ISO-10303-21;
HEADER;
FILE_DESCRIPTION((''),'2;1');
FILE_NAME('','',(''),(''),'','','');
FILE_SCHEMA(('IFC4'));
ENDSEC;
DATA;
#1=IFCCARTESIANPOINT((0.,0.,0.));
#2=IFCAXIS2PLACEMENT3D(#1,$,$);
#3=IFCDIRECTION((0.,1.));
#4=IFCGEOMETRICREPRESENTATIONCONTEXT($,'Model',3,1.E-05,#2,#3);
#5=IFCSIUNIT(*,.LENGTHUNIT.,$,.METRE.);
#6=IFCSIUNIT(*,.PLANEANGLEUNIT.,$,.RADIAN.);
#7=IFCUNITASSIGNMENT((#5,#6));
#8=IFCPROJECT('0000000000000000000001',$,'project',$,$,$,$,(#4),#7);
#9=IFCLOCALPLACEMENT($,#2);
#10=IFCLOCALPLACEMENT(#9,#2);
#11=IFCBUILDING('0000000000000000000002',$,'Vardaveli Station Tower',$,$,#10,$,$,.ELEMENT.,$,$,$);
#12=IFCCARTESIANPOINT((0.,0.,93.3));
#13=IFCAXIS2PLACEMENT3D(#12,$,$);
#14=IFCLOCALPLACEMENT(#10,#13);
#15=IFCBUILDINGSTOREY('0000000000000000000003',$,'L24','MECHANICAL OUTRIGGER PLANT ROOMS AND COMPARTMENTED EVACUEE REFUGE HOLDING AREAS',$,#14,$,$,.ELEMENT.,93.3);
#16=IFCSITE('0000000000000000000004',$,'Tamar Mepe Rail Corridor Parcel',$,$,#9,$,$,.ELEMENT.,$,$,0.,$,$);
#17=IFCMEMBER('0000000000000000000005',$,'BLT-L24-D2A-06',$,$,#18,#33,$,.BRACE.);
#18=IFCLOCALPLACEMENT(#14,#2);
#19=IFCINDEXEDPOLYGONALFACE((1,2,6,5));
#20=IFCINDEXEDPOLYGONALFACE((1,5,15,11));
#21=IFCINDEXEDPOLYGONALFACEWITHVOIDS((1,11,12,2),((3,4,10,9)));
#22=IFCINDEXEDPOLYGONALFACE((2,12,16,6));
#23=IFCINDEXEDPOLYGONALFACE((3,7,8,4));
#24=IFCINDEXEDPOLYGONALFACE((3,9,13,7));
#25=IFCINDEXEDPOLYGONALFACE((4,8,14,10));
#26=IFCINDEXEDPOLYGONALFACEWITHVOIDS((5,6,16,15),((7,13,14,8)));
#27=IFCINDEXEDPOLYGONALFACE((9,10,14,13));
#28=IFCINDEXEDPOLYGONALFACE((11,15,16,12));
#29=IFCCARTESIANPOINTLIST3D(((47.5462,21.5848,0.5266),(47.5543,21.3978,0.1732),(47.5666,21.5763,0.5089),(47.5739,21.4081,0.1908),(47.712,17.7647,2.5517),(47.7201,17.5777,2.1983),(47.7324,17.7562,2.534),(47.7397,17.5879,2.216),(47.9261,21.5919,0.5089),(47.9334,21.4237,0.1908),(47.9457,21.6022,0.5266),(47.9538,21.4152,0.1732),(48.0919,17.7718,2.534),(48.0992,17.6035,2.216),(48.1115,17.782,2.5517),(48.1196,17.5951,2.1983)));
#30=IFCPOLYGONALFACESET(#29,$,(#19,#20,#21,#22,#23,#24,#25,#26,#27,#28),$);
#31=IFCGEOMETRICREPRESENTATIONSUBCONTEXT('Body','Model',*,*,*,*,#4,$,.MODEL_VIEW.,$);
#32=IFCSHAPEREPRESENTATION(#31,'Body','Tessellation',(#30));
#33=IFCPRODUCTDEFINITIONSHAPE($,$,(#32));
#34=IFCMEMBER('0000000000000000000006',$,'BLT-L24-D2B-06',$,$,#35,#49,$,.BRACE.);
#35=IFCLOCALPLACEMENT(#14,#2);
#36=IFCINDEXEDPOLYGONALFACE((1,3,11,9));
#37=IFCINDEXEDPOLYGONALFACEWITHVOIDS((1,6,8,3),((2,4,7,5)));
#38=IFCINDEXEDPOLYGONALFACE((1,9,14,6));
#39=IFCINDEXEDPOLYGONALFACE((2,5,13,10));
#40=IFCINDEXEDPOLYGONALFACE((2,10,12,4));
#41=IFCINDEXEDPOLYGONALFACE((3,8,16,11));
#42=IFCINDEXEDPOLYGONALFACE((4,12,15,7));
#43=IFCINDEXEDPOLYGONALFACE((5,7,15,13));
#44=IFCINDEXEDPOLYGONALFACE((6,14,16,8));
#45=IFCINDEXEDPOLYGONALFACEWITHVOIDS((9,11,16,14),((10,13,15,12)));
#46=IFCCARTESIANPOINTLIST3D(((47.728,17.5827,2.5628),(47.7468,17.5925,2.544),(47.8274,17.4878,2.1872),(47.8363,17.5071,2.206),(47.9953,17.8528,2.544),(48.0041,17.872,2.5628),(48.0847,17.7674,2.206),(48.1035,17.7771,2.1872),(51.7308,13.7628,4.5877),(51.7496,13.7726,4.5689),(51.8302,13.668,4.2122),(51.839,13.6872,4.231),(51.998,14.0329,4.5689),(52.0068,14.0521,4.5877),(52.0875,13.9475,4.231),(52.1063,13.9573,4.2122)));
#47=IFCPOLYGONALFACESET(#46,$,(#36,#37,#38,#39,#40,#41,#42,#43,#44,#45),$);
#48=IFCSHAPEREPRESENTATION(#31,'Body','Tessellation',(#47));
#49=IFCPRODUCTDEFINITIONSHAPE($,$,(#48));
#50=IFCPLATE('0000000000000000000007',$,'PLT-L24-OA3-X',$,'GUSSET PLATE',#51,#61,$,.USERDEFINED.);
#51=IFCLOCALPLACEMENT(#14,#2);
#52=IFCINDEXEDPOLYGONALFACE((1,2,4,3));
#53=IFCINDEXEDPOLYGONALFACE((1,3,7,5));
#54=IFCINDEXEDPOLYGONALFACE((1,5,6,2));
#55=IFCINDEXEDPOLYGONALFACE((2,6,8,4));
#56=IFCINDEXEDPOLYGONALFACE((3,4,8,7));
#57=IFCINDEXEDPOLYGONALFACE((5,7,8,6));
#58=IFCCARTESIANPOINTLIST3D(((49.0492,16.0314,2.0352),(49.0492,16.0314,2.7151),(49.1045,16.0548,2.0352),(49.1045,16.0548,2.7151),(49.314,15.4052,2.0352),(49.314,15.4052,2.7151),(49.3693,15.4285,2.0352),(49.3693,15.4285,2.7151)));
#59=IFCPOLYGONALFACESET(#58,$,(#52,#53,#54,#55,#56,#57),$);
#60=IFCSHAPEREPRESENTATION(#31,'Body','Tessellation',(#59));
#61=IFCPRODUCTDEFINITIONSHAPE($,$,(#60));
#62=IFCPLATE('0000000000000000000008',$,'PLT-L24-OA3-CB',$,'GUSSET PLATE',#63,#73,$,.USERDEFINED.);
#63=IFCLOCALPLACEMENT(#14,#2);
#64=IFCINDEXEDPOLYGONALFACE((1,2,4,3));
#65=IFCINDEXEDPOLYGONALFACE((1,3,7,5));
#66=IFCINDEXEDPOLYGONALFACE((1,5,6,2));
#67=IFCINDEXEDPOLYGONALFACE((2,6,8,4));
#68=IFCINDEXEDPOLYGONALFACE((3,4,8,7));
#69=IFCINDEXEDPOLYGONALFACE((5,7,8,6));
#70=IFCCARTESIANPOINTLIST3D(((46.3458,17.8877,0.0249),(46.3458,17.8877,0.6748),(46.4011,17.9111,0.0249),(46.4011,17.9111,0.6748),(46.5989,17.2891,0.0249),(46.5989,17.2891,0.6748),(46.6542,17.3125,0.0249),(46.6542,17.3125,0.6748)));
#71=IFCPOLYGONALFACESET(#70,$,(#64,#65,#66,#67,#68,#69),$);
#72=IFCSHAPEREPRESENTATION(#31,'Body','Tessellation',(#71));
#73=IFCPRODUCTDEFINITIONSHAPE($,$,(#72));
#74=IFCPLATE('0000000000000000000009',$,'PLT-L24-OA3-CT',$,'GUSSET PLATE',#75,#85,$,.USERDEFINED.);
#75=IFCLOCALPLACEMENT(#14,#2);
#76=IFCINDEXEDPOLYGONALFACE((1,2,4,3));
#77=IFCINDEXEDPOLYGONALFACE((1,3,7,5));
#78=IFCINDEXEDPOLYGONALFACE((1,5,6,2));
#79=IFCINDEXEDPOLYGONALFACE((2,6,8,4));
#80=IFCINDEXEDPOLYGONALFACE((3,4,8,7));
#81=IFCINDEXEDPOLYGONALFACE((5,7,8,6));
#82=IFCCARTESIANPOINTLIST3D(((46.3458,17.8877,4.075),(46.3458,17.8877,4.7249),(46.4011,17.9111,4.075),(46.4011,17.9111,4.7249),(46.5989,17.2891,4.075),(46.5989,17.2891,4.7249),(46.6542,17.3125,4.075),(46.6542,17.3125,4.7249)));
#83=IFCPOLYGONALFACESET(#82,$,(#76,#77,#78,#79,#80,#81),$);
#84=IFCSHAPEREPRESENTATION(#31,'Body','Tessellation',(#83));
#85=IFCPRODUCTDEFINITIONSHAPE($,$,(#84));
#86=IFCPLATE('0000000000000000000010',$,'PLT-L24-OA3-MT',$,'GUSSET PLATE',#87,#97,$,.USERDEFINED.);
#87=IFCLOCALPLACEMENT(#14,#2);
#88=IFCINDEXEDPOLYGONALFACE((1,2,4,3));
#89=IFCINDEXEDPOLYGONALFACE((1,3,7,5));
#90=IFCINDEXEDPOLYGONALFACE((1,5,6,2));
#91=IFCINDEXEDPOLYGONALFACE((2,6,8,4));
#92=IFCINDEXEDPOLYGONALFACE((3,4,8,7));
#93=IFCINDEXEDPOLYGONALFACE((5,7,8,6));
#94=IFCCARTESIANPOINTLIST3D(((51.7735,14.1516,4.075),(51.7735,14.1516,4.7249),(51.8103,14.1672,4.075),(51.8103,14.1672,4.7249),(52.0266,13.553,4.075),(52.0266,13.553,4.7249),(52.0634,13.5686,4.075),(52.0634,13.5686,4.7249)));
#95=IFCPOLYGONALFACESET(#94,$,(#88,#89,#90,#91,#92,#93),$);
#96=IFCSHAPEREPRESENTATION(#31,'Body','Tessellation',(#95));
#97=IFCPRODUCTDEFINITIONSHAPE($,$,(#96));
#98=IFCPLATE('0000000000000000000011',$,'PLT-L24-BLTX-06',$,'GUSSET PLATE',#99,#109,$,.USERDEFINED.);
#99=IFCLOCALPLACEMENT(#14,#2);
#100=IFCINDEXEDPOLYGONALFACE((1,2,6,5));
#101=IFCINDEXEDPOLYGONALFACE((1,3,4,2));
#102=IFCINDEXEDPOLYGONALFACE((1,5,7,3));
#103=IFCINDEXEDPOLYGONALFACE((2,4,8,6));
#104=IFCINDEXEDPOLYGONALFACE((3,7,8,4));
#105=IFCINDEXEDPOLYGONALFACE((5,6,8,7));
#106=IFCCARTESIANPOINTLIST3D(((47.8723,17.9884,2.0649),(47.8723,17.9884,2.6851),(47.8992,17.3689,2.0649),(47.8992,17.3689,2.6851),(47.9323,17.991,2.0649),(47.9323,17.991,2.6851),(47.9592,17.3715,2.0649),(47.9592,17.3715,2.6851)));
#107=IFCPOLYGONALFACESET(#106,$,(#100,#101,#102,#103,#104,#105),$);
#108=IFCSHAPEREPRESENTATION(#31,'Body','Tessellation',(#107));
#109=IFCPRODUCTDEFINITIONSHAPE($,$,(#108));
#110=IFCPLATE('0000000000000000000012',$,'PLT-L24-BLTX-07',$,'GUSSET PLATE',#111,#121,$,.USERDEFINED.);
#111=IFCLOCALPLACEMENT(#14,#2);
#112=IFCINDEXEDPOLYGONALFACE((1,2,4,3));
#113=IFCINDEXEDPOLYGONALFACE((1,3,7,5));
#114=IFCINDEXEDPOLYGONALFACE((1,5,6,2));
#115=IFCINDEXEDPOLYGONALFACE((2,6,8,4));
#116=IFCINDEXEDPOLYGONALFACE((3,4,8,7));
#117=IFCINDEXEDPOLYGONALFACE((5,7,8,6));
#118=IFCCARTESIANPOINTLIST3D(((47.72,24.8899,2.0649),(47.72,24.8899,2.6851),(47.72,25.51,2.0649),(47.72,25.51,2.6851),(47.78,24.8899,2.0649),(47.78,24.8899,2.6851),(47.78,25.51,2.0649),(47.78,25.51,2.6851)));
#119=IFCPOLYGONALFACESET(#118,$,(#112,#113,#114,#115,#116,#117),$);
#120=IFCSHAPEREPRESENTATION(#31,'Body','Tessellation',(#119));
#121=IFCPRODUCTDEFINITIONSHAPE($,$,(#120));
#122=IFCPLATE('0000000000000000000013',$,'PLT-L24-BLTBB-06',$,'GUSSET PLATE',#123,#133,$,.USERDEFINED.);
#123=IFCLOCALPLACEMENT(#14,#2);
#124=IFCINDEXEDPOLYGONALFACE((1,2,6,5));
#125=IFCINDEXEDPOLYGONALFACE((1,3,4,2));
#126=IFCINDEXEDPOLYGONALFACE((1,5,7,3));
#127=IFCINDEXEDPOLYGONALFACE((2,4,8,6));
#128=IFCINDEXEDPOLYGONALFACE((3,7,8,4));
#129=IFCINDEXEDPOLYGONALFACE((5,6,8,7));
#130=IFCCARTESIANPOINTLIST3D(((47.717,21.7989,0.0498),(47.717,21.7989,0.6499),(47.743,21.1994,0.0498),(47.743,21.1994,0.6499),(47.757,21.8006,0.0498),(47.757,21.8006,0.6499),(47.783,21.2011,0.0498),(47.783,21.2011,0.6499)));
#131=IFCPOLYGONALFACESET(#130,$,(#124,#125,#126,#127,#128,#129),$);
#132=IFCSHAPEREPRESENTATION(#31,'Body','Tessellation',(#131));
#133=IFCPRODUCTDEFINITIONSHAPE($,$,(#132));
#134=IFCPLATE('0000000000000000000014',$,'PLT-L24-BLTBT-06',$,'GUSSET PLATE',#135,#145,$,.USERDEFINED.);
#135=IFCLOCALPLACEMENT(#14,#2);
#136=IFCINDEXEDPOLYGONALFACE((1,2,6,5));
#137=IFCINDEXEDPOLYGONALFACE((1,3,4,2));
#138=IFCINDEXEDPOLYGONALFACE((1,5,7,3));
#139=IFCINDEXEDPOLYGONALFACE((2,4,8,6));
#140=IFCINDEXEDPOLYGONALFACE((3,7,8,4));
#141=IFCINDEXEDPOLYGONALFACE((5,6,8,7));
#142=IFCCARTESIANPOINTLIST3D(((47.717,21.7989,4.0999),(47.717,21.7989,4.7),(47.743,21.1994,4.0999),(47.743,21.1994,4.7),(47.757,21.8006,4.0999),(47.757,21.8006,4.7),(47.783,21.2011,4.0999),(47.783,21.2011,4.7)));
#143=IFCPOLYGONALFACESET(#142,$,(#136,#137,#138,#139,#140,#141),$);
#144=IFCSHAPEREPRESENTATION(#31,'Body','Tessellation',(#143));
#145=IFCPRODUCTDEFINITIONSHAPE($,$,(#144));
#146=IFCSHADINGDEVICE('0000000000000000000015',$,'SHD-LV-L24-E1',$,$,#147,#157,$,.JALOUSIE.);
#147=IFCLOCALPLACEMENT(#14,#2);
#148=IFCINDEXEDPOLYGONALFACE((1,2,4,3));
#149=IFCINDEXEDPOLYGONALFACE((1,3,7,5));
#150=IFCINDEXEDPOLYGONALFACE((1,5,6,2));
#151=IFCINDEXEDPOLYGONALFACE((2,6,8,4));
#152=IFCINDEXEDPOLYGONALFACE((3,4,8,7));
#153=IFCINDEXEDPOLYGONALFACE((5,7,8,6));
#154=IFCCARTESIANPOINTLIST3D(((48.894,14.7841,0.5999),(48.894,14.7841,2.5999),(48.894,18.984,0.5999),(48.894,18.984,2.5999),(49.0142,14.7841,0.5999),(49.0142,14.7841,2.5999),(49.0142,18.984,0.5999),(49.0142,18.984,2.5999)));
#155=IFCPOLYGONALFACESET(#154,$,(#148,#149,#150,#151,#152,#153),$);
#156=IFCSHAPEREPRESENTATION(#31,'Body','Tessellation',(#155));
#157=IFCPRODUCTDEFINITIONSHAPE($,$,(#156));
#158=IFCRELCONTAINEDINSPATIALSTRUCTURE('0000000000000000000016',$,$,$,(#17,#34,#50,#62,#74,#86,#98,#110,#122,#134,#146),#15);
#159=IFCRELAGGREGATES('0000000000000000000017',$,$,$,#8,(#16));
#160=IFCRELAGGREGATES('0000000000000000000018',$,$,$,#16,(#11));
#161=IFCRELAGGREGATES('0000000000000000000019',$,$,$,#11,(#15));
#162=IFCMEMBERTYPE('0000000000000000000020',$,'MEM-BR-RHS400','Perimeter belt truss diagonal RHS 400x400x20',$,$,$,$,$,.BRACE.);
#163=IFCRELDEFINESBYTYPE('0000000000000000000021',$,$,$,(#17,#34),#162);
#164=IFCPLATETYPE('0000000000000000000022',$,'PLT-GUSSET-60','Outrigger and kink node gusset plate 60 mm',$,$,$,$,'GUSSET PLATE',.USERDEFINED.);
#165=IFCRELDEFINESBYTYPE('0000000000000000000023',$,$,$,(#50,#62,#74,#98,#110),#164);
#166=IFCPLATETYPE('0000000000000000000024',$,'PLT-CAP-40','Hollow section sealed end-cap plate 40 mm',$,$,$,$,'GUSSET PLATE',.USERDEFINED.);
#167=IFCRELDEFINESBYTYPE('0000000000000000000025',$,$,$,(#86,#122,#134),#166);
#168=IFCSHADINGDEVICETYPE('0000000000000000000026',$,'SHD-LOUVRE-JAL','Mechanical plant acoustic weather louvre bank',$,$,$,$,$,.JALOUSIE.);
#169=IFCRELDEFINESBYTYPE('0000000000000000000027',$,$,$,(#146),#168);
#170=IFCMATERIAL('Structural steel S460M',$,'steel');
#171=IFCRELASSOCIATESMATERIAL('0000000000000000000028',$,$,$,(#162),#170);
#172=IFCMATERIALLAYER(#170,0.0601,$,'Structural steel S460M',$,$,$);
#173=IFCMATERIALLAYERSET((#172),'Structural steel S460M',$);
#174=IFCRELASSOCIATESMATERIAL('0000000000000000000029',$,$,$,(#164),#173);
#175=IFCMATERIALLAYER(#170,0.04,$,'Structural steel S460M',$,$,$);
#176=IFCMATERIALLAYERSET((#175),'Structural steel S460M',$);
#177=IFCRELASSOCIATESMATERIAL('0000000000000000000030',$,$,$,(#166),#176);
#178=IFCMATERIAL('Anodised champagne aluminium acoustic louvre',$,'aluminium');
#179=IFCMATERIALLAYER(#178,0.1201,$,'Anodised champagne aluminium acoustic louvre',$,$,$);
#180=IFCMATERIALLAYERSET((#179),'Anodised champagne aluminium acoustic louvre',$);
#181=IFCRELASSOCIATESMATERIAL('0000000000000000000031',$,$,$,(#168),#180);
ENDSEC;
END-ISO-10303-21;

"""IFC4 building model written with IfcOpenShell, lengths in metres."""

from ifc_helpers import new_model, si_unit, direction, frame, origin, origin_2d, place, context, subcontext, project, spatial, rectangle, hollow_rectangle, extrude, source, transform, mapped, material, layer, layer_set, material_profile, profile_set, type_object, element, save


model = new_model("IFC4")

# Units and contexts
model_context = context("Model", 3, precision=1e-05, world=origin(), true_north=direction((0.0, 1.0)))
body_context = subcontext(model_context, "Body", "Model", "MODEL_VIEW")
ifc_project = project(units=[si_unit("LENGTHUNIT", "METRE"), si_unit("PLANEANGLEUNIT", "RADIAN")], contexts=[model_context])

# Site, building, storey
site_placement = place(None, origin())
site = spatial("IfcSite", under=ifc_project, at=site_placement, Name="Tamar Mepe Rail Corridor Parcel", CompositionType="ELEMENT", RefElevation=0.0)
building_placement = place(site_placement, origin())
building = spatial("IfcBuilding", under=site, at=building_placement, Name="Vardaveli Station Tower", CompositionType="ELEMENT")
storey_placement = place(building_placement, frame((0.0, 0.0, 93.3)))
storey = spatial("IfcBuildingStorey", under=building, at=storey_placement, Name="L24", Description="MECHANICAL OUTRIGGER PLANT ROOMS AND COMPARTMENTED EVACUEE REFUGE HOLDING AREAS", CompositionType="ELEMENT", Elevation=93.3)

# Shared definitions
ifc_material_1 = material(Name="Structural steel S460M", Category="steel")

# Members
ifc_material_profile_1 = material_profile(ifc_material_1, hollow_rectangle(XDim=0.3999, YDim=0.3999, WallThickness=0.02, at=origin_2d()), Name="RHS 400x400x20")
ifc_profile_set_1 = profile_set([ifc_material_profile_1], Name="Structural steel S460M")
member_type_1 = type_object("IfcMemberType", Name="MEM-BR-RHS400", Description="Perimeter belt truss diagonal RHS 400x400x20", PredefinedType="BRACE", material=ifc_profile_set_1)
shared_shape_1 = source(origin(), body_context, "Body", "SweptSolid", [
    extrude(hollow_rectangle(XDim=0.3999, YDim=0.3999, WallThickness=0.02, at=origin_2d()), origin(), (0.0, 0.0, 1.0), 4.3269),
])
member_1_placement = place(storey_placement, frame((47.75, 21.5, 0.3499), z_axis=(0.038312, -0.882875, 0.468042), x_axis=(0.99906, 0.043354, 0.0)))
element("IfcMember", 1, at=member_1_placement, inside=storey, type_object=member_type_1, Name="BLT-L24-D2A-06", PredefinedType="BRACE", context=body_context, shape_type="MappedRepresentation", body=[
    mapped(shared_shape_1, transform((0.0, 0.0, 0.0), scale=1.0)),
])
shared_shape_2 = source(origin(), body_context, "Body", "SweptSolid", [
    extrude(hollow_rectangle(XDim=0.3999, YDim=0.3999, WallThickness=0.02, at=origin_2d()), origin(), (0.0, 0.0, 1.0), 5.8918),
])
member_2_placement = place(storey_placement, frame((47.9158, 17.6799, 2.375), z_axis=(0.679371, -0.648334, 0.343684), x_axis=(0.690389, 0.723439, 0.0)))
element("IfcMember", 2, at=member_2_placement, inside=storey, type_object=member_type_1, Name="BLT-L24-D2B-06", PredefinedType="BRACE", context=body_context, shape_type="MappedRepresentation", body=[
    mapped(shared_shape_2, transform((0.0, 0.0, 0.0), scale=1.0)),
])

# Plates
ifc_layer_1 = layer(ifc_material_1, 0.0601, Name="Structural steel S460M")
ifc_layer_set_1 = layer_set([ifc_layer_1], Name="Structural steel S460M")
plate_type_1 = type_object("IfcPlateType", Name="PLT-GUSSET-60", Description="Outrigger and kink node gusset plate 60 mm", ElementType="GUSSET PLATE", PredefinedType="USERDEFINED", material=ifc_layer_set_1)
shared_shape_3 = source(origin(), body_context, "Body", "SweptSolid", [
    extrude(rectangle(XDim=0.6799, YDim=0.0601, at=origin_2d()), origin(), (0.0, 0.0, 1.0), 0.6799),
])
plate_1_placement = place(storey_placement, frame((49.2092, 15.73, 2.0352), z_axis=(0.0, 0.0, 1.0), x_axis=(0.389445, -0.92105, 0.0)))
element("IfcPlate", 3, at=plate_1_placement, inside=storey, type_object=plate_type_1, Name="PLT-L24-OA3-X", ObjectType="GUSSET PLATE", PredefinedType="USERDEFINED", context=body_context, shape_type="MappedRepresentation", body=[
    mapped(shared_shape_3, transform((0.0, 0.0, 0.0), scale=1.0)),
])
shared_shape_4 = source(origin(), body_context, "Body", "SweptSolid", [
    extrude(rectangle(XDim=0.6499, YDim=0.0601, at=origin_2d()), origin(), (0.0, 0.0, 1.0), 0.6499),
])
for number, where, z_axis, x_axis, name in (
    (4, (46.5, 17.6001, 0.0249), (0.0, 0.0, 1.0), (0.389445, -0.92105, 0.0), "PLT-L24-OA3-CB"),
    (5, (46.5, 17.6001, 4.075), (0.0, 0.0, 1.0), (0.389445, -0.92105, 0.0), "PLT-L24-OA3-CT"),
):
    element("IfcPlate", number, at=place(storey_placement, frame(where, z_axis=z_axis, x_axis=x_axis)), inside=storey, type_object=plate_type_1, Name=name, ObjectType="GUSSET PLATE", PredefinedType="USERDEFINED", context=body_context, shape_type="MappedRepresentation", body=[
        mapped(shared_shape_4, transform((0.0, 0.0, 0.0), scale=1.0)),
    ])
ifc_layer_2 = layer(ifc_material_1, 0.04, Name="Structural steel S460M")
ifc_layer_set_2 = layer_set([ifc_layer_2], Name="Structural steel S460M")
plate_type_2 = type_object("IfcPlateType", Name="PLT-CAP-40", Description="Hollow section sealed end-cap plate 40 mm", ElementType="GUSSET PLATE", PredefinedType="USERDEFINED", material=ifc_layer_set_2)
shared_shape_5 = source(origin(), body_context, "Body", "SweptSolid", [
    extrude(rectangle(XDim=0.6499, YDim=0.04, at=origin_2d()), origin(), (0.0, 0.0, 1.0), 0.6499),
])
plate_2_placement = place(storey_placement, frame((51.9185, 13.8601, 4.075), z_axis=(0.0, 0.0, 1.0), x_axis=(0.389445, -0.92105, 0.0)))
element("IfcPlate", 6, at=plate_2_placement, inside=storey, type_object=plate_type_2, Name="PLT-L24-OA3-MT", ObjectType="GUSSET PLATE", PredefinedType="USERDEFINED", context=body_context, shape_type="MappedRepresentation", body=[
    mapped(shared_shape_5, transform((0.0, 0.0, 0.0), scale=1.0)),
])
shared_shape_6 = source(origin(), body_context, "Body", "SweptSolid", [
    extrude(rectangle(XDim=0.6201, YDim=0.0601, at=origin_2d()), origin(), (0.0, 0.0, 1.0), 0.6201),
])
for number, where, z_axis, x_axis, name in (
    (7, (47.9158, 17.6799, 2.0649), (0.0, 0.0, 1.0), (-0.043445, 0.999056, 0.0), "PLT-L24-BLTX-06"),
    (8, (47.75, 25.2, 2.0649), (0.0, 0.0, 1.0), (0.0, 1.0, 0.0), "PLT-L24-BLTX-07"),
):
    element("IfcPlate", number, at=place(storey_placement, frame(where, z_axis=z_axis, x_axis=x_axis)), inside=storey, type_object=plate_type_1, Name=name, ObjectType="GUSSET PLATE", PredefinedType="USERDEFINED", context=body_context, shape_type="MappedRepresentation", body=[
        mapped(shared_shape_6, transform((0.0, 0.0, 0.0), scale=1.0)),
    ])
shared_shape_7 = source(origin(), body_context, "Body", "SweptSolid", [
    extrude(rectangle(XDim=0.6001, YDim=0.04, at=origin_2d()), origin(), (0.0, 0.0, 1.0), 0.6001),
])
for number, where, z_axis, x_axis, name in (
    (9, (47.75, 21.5, 0.0498), (0.0, 0.0, 1.0), (-0.043445, 0.999056, 0.0), "PLT-L24-BLTBB-06"),
    (10, (47.75, 21.5, 4.0999), (0.0, 0.0, 1.0), (-0.043445, 0.999056, 0.0), "PLT-L24-BLTBT-06"),
):
    element("IfcPlate", number, at=place(storey_placement, frame(where, z_axis=z_axis, x_axis=x_axis)), inside=storey, type_object=plate_type_2, Name=name, ObjectType="GUSSET PLATE", PredefinedType="USERDEFINED", context=body_context, shape_type="MappedRepresentation", body=[
        mapped(shared_shape_7, transform((0.0, 0.0, 0.0), scale=1.0)),
    ])

# Shading device
ifc_material_2 = material(Name="Anodised champagne aluminium acoustic louvre", Category="aluminium")
ifc_layer_3 = layer(ifc_material_2, 0.1201, Name="Anodised champagne aluminium acoustic louvre")
ifc_layer_set_3 = layer_set([ifc_layer_3], Name="Anodised champagne aluminium acoustic louvre")
shading_device_type = type_object("IfcShadingDeviceType", Name="SHD-LOUVRE-JAL", Description="Mechanical plant acoustic weather louvre bank", PredefinedType="JALOUSIE", material=ifc_layer_set_3)
shared_shape_8 = source(origin(), body_context, "Body", "SweptSolid", [
    extrude(rectangle(XDim=4.2, YDim=0.1201, at=origin_2d()), origin(), (0.0, 0.0, 1.0), 2.0),
])
shading_device_placement = place(storey_placement, frame((48.9541, 16.884, 0.5999), z_axis=(0.0, 0.0, 1.0), x_axis=(0.0, 1.0, 0.0)))
element("IfcShadingDevice", 11, at=shading_device_placement, inside=storey, type_object=shading_device_type, Name="SHD-LV-L24-E1", PredefinedType="JALOUSIE", context=body_context, shape_type="MappedRepresentation", body=[
    mapped(shared_shape_8, transform((0.0, 0.0, 0.0), scale=1.0)),
])

save(model, "model.ifc")
